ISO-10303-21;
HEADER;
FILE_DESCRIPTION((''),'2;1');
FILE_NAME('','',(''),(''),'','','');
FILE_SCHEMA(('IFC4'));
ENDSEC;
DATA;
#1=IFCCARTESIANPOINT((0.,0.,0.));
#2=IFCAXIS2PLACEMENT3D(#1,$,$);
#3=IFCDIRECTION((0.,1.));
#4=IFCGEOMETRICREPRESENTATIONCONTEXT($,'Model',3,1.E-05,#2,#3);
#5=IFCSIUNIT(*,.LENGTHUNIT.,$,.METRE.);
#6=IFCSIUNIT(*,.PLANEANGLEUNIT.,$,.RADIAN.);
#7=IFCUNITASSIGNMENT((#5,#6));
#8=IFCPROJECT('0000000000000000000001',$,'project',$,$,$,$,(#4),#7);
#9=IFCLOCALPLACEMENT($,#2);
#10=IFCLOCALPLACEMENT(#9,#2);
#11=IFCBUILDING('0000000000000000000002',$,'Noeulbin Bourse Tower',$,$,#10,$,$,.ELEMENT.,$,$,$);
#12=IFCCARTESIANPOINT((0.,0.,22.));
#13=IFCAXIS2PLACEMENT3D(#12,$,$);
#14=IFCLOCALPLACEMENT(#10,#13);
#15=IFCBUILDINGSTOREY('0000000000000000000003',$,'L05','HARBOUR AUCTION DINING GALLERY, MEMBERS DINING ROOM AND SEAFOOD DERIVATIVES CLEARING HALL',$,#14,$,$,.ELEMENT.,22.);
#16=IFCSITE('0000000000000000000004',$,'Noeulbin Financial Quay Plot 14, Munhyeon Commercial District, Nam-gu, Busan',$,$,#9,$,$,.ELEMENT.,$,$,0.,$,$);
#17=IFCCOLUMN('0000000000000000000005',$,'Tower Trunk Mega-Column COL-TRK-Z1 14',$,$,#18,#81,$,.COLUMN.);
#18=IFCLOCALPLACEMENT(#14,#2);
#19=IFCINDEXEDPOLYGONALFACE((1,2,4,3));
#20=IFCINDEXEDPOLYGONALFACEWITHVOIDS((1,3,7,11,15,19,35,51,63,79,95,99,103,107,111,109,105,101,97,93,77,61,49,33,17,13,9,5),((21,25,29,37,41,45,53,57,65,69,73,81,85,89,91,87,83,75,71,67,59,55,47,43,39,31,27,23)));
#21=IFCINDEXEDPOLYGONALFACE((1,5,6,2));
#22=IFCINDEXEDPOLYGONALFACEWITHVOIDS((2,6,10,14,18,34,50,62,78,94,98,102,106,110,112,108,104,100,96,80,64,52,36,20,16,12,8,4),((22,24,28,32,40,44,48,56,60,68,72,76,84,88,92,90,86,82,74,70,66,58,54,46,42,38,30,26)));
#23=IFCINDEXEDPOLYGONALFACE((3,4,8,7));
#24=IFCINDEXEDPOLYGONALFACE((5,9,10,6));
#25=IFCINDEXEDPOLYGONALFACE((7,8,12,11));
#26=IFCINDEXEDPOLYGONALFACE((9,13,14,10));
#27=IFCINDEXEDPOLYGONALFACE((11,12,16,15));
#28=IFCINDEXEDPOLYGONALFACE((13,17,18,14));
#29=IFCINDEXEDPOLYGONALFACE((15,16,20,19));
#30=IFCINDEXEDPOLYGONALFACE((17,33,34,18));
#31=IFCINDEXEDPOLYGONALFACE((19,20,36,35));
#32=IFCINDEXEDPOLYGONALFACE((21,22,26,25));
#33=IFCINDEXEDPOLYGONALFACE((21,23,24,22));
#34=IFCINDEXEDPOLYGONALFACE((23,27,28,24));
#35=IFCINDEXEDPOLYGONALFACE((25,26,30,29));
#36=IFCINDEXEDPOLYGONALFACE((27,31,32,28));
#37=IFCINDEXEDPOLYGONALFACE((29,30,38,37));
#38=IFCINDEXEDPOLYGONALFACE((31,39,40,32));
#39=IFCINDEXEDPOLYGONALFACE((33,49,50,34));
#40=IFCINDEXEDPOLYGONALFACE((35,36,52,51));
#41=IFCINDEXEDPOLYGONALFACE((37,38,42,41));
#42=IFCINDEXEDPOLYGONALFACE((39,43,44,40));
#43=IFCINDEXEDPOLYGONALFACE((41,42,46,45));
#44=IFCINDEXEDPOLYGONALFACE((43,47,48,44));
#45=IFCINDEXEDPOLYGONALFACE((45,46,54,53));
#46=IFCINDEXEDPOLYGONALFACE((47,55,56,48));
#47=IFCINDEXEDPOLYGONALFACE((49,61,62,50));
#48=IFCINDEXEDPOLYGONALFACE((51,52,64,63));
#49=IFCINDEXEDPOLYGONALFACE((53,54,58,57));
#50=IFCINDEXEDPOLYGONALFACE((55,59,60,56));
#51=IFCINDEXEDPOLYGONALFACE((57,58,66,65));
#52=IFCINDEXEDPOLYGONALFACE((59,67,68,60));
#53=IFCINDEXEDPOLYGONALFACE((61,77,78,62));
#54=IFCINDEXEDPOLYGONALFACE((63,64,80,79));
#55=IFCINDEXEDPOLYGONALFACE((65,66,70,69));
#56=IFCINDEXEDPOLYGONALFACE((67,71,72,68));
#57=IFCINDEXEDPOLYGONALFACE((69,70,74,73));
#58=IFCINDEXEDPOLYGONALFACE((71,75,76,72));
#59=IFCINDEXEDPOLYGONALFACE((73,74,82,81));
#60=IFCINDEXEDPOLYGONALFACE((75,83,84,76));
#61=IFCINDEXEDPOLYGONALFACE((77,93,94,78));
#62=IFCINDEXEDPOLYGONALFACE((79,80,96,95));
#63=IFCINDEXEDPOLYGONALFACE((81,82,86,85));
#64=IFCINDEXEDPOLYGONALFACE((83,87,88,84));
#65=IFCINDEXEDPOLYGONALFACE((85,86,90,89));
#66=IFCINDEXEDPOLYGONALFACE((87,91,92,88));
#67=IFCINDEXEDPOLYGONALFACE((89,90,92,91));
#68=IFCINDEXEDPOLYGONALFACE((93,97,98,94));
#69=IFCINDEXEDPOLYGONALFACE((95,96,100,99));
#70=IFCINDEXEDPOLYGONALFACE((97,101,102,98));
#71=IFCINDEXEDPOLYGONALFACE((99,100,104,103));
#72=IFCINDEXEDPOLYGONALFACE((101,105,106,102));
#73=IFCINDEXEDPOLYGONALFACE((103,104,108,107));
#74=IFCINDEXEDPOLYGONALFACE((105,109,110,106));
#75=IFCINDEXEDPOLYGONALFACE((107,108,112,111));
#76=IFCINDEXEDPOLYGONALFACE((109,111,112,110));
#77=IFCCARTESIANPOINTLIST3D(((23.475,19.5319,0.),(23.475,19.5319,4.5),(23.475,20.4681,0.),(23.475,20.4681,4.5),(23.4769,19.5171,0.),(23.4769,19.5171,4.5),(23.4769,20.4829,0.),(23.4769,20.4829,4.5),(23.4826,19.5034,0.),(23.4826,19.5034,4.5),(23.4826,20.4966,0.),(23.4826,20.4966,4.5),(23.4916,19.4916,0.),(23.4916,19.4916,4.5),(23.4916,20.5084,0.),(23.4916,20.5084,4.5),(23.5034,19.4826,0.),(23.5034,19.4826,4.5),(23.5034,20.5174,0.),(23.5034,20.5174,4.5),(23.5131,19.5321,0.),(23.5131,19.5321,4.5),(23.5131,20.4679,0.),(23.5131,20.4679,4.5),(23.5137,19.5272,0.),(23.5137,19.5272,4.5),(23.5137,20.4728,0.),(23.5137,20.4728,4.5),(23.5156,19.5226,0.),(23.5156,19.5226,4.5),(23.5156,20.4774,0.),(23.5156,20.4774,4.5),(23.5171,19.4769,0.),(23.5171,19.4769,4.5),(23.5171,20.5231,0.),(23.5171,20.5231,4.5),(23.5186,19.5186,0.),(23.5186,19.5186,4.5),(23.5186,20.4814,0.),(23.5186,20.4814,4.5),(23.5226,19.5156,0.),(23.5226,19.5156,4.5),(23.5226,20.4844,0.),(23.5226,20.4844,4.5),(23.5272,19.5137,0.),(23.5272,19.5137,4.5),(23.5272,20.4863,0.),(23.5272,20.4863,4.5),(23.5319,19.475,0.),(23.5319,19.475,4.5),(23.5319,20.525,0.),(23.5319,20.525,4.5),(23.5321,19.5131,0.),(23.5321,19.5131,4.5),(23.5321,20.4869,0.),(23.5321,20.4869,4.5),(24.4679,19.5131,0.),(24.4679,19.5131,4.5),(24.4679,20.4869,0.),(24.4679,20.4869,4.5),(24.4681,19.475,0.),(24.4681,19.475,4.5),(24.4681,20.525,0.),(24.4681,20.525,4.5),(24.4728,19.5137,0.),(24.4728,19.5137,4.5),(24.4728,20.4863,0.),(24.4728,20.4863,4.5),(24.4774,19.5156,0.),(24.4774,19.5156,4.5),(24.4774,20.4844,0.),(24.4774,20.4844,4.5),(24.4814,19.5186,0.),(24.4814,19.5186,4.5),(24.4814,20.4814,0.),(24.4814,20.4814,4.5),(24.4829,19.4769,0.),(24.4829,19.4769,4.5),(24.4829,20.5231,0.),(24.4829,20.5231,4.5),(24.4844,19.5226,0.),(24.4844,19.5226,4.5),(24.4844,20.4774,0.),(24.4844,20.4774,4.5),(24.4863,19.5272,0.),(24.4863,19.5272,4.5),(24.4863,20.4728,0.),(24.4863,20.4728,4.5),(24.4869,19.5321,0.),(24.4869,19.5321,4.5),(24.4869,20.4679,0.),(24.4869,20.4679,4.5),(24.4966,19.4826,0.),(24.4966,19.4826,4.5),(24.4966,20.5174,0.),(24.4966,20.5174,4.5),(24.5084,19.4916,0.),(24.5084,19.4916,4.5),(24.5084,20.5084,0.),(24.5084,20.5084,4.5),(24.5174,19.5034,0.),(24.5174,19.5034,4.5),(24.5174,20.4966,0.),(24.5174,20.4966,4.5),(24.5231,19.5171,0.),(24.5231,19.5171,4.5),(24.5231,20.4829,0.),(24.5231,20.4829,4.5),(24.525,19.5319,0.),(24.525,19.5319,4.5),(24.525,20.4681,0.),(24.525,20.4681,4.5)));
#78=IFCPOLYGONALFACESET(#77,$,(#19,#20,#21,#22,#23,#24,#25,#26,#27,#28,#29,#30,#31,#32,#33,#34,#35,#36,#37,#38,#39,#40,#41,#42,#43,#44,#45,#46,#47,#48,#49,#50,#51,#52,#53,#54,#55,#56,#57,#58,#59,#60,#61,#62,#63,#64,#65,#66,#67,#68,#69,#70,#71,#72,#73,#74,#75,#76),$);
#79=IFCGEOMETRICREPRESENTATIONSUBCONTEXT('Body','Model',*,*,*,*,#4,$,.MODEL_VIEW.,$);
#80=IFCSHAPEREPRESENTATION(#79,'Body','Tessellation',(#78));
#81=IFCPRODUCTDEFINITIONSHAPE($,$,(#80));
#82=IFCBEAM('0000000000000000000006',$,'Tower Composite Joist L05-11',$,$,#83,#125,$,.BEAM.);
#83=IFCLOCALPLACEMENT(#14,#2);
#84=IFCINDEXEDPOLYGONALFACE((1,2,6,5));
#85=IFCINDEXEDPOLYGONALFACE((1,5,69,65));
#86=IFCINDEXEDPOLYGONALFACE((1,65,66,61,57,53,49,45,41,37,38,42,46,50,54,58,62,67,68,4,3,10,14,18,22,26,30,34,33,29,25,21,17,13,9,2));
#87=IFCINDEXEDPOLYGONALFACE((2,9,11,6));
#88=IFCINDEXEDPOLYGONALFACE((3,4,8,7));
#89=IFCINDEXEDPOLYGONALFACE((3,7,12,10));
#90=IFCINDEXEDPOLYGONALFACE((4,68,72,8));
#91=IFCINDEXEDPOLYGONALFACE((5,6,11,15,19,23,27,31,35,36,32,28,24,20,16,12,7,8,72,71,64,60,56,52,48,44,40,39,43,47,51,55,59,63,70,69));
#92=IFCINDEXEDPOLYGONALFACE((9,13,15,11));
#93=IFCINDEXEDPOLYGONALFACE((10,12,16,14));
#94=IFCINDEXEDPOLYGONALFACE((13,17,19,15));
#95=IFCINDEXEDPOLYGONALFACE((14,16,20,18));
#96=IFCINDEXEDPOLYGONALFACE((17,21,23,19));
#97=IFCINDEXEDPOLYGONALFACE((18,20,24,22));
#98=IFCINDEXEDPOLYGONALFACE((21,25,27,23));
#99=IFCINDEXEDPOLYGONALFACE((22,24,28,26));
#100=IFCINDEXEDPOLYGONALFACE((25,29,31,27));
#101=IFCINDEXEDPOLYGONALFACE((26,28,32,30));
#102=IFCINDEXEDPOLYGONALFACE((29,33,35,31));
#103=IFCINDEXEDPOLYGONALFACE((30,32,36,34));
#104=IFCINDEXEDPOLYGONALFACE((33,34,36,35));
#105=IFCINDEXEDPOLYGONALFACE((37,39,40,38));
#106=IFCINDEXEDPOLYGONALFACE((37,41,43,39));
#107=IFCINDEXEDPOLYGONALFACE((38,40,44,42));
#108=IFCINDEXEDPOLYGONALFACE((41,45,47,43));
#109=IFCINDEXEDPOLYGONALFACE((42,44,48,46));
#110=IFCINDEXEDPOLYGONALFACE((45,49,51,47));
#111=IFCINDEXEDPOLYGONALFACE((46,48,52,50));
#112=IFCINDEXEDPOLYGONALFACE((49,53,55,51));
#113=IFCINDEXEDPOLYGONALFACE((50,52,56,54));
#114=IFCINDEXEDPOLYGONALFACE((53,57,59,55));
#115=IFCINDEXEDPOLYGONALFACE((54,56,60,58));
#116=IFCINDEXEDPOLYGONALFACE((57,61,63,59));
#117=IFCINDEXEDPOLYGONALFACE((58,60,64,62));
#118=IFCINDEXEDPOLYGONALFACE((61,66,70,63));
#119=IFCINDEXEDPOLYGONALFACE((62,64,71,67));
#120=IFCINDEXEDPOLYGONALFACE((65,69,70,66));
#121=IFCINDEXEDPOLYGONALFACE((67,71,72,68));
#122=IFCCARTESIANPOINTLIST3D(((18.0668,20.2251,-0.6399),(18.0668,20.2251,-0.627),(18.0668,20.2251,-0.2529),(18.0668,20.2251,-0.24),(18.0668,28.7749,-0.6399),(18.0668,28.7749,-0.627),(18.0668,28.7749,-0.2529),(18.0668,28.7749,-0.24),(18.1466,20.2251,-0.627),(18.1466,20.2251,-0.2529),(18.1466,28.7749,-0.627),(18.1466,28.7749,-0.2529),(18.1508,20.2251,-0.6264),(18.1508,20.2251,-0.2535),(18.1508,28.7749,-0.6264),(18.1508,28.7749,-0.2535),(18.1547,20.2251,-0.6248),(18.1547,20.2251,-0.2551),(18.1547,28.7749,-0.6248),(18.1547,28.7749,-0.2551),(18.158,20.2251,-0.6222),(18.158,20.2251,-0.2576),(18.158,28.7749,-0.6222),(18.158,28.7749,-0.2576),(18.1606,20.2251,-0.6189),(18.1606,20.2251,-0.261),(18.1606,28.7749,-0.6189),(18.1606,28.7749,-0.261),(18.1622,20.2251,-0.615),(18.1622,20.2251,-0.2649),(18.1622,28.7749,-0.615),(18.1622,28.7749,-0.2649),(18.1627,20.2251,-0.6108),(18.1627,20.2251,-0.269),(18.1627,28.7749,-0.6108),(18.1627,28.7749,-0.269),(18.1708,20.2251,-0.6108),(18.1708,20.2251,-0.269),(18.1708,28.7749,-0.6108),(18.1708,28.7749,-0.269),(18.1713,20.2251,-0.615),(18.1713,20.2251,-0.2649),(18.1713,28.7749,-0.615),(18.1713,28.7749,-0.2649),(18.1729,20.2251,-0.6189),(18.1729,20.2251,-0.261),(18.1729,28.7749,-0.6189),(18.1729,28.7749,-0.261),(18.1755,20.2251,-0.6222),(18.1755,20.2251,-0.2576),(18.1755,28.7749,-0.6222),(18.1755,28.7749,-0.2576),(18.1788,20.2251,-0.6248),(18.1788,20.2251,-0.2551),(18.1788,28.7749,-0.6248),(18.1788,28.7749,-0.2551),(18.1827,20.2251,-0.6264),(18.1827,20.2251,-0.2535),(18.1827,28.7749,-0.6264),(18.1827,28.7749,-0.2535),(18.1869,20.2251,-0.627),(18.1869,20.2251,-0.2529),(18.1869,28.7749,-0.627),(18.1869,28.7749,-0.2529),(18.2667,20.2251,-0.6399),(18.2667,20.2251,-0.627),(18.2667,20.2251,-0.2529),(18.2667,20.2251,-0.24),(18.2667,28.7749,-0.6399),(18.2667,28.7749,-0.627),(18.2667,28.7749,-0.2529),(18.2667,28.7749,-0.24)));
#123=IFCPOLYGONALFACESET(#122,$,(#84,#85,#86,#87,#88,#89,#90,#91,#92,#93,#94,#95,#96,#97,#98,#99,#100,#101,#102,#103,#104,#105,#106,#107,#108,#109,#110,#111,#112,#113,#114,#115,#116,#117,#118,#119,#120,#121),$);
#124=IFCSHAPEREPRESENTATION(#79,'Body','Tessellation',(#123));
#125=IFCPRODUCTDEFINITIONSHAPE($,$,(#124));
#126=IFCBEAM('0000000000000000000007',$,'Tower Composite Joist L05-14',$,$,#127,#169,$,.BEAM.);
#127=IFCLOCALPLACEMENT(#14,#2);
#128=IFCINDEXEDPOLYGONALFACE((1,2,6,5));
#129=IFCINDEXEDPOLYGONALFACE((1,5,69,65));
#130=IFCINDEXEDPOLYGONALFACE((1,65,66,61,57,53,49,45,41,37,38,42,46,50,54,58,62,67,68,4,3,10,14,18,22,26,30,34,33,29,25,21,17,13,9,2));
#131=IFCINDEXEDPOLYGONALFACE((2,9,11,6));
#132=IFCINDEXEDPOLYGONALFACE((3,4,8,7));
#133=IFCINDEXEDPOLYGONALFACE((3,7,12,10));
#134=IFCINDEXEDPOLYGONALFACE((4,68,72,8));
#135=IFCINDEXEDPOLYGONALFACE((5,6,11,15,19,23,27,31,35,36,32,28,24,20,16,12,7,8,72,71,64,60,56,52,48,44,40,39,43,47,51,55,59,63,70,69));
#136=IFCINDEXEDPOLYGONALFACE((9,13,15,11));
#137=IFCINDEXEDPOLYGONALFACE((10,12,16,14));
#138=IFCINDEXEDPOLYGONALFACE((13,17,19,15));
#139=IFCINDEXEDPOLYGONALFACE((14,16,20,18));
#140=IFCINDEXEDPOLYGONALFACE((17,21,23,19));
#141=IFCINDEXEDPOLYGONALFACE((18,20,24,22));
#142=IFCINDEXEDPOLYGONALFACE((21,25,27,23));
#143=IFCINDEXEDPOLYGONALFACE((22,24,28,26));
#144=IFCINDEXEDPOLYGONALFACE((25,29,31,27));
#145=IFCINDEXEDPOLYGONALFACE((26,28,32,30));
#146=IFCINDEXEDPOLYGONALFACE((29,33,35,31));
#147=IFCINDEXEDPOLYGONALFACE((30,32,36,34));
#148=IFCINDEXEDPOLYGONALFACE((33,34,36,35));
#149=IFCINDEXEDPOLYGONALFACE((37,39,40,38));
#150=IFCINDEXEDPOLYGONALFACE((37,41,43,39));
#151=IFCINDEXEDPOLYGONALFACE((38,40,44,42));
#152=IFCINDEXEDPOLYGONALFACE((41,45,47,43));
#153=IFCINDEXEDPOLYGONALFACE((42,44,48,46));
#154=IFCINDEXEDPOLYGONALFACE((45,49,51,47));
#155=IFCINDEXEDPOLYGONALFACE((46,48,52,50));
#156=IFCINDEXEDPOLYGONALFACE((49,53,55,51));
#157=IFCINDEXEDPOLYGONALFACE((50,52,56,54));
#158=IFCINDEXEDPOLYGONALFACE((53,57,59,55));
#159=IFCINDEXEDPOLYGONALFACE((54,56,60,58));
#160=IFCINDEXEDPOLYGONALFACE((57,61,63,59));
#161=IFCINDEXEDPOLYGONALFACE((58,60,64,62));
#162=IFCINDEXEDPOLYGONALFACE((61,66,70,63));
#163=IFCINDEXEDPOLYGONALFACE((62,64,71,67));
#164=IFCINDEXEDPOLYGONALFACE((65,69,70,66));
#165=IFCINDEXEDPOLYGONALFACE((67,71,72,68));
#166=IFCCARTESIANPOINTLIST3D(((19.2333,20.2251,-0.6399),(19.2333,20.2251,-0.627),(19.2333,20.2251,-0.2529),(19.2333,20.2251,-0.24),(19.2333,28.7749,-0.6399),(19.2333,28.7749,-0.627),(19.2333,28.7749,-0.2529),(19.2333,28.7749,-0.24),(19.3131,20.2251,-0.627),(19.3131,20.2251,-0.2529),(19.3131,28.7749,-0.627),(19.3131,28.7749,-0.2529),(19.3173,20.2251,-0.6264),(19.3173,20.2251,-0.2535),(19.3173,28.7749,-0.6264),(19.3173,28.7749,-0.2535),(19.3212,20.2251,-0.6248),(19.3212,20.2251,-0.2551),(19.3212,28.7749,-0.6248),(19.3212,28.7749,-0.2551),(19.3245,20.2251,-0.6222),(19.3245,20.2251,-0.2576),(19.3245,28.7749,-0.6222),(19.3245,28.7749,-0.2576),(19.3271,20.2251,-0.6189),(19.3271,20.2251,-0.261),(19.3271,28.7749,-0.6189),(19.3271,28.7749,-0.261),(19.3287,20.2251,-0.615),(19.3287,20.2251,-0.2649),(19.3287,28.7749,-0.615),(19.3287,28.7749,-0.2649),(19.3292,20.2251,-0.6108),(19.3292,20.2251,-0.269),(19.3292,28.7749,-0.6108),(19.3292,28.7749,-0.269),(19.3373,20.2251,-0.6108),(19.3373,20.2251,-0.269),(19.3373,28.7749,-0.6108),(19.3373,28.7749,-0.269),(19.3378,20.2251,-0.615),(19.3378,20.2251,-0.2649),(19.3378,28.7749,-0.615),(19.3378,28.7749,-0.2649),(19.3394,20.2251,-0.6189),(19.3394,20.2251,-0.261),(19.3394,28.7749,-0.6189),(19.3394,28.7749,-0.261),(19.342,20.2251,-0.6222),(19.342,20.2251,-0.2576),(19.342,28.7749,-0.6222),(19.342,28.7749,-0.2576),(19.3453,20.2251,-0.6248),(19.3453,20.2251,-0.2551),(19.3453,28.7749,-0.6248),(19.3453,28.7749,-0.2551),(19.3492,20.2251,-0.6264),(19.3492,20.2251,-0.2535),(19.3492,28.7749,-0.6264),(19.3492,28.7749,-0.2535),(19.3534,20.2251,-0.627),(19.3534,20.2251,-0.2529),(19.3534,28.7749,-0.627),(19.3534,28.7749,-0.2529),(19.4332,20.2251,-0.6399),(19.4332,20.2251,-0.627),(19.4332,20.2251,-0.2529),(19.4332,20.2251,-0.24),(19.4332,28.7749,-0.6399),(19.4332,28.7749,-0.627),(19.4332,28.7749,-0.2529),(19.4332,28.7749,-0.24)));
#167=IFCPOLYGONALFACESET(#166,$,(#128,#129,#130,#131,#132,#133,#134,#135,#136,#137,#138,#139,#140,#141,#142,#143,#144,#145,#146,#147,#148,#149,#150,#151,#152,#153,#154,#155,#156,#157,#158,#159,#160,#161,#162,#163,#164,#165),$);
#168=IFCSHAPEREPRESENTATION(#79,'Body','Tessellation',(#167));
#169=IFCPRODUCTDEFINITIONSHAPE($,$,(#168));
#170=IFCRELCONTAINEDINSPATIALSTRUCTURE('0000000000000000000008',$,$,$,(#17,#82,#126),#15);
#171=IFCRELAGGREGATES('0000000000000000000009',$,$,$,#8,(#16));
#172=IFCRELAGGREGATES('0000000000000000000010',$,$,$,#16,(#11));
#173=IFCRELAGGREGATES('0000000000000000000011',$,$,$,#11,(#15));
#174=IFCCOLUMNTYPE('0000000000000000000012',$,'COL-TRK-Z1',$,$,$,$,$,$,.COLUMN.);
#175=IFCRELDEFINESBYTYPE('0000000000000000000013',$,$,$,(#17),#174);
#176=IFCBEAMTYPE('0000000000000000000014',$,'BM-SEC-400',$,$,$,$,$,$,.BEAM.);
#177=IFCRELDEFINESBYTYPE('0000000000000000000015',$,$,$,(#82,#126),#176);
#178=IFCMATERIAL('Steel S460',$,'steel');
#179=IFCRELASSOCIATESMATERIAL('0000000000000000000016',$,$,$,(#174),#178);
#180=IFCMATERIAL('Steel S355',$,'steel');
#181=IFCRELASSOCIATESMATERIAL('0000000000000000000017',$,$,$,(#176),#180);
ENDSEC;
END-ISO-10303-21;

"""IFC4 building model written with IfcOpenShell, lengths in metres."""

from ifc_helpers import new_model, si_unit, direction, frame, origin, origin_2d, place, context, subcontext, project, spatial, hollow_rectangle, i_section, extrude, material, material_profile, profile_set, type_object, element, save


model = new_model("IFC4")

# Units and contexts
model_context = context("Model", 3, precision=1e-05, world=origin(), true_north=direction((0.0, 1.0)))
body_context = subcontext(model_context, "Body", "Model", "MODEL_VIEW")
ifc_project = project(units=[si_unit("LENGTHUNIT", "METRE"), si_unit("PLANEANGLEUNIT", "RADIAN")], contexts=[model_context])

# Site, building, storey
site_placement = place(None, origin())
site = spatial("IfcSite", under=ifc_project, at=site_placement, Name="Noeulbin Financial Quay Plot 14, Munhyeon Commercial District, Nam-gu, Busan", CompositionType="ELEMENT", RefElevation=0.0)
building_placement = place(site_placement, origin())
building = spatial("IfcBuilding", under=site, at=building_placement, Name="Noeulbin Bourse Tower", CompositionType="ELEMENT")
storey_placement = place(building_placement, frame((0.0, 0.0, 22.0)))
storey = spatial("IfcBuildingStorey", under=building, at=storey_placement, Name="L05", Description="HARBOUR AUCTION DINING GALLERY, MEMBERS DINING ROOM AND SEAFOOD DERIVATIVES CLEARING HALL", CompositionType="ELEMENT", Elevation=22.0)

# Column
ifc_material_1 = material(Name="Steel S460", Category="steel")
ifc_material_profile_1 = material_profile(ifc_material_1, hollow_rectangle(XDim=1.05, YDim=1.05, WallThickness=0.0381, InnerFilletRadius=0.019, OuterFilletRadius=0.0569, at=origin_2d()), Name="BOX-1050x1050x38", Category="LoadBearing")
ifc_profile_set_1 = profile_set([ifc_material_profile_1], Name="Steel S460")
column_type = type_object("IfcColumnType", Name="COL-TRK-Z1", PredefinedType="COLUMN", material=ifc_profile_set_1)
column_placement = place(storey_placement, frame((24.0, 20.0, 0.0), z_axis=(0.0, 0.0, 1.0), x_axis=(1.0, 0.0, 0.0)))
element("IfcColumn", 1, at=column_placement, inside=storey, type_object=column_type, Name="Tower Trunk Mega-Column COL-TRK-Z1 14", PredefinedType="COLUMN", context=body_context, shape_type="SweptSolid", body=[
    extrude(hollow_rectangle(XDim=1.05, YDim=1.05, WallThickness=0.0381, InnerFilletRadius=0.019, OuterFilletRadius=0.0569, at=origin_2d()), origin(), (0.0, 0.0, 1.0), 4.5),
])

# Beams
ifc_material_2 = material(Name="Steel S355", Category="steel")
ifc_material_profile_2 = material_profile(ifc_material_2, i_section(OverallWidth=0.2, OverallDepth=0.3999, WebThickness=0.0081, FlangeThickness=0.0129, FilletRadius=0.0161, at=origin_2d()), Name="H-400x200x8x13", Category="LoadBearing")
ifc_profile_set_2 = profile_set([ifc_material_profile_2], Name="Steel S355")
beam_type_1 = type_object("IfcBeamType", Name="BM-SEC-400", PredefinedType="BEAM", material=ifc_profile_set_2)
for number, where, z_axis, x_axis, name in (
    (2, (18.1667, 20.2251, -0.4399), (0.0, 1.0, 0.0), (-1.0, 0.0, 0.0), "Tower Composite Joist L05-11"),
    (3, (19.3333, 20.2251, -0.4399), (0.0, 1.0, 0.0), (-1.0, 0.0, 0.0), "Tower Composite Joist L05-14"),
):
    element("IfcBeam", number, at=place(storey_placement, frame(where, z_axis=z_axis, x_axis=x_axis)), inside=storey, type_object=beam_type_1, Name=name, PredefinedType="BEAM", context=body_context, shape_type="SweptSolid", body=[
        extrude(i_section(OverallWidth=0.2, OverallDepth=0.3999, WebThickness=0.0081, FlangeThickness=0.0129, FilletRadius=0.0161, at=origin_2d()), origin(), (0.0, 0.0, 1.0), 8.5498),
    ])

save(model, "model.ifc")
